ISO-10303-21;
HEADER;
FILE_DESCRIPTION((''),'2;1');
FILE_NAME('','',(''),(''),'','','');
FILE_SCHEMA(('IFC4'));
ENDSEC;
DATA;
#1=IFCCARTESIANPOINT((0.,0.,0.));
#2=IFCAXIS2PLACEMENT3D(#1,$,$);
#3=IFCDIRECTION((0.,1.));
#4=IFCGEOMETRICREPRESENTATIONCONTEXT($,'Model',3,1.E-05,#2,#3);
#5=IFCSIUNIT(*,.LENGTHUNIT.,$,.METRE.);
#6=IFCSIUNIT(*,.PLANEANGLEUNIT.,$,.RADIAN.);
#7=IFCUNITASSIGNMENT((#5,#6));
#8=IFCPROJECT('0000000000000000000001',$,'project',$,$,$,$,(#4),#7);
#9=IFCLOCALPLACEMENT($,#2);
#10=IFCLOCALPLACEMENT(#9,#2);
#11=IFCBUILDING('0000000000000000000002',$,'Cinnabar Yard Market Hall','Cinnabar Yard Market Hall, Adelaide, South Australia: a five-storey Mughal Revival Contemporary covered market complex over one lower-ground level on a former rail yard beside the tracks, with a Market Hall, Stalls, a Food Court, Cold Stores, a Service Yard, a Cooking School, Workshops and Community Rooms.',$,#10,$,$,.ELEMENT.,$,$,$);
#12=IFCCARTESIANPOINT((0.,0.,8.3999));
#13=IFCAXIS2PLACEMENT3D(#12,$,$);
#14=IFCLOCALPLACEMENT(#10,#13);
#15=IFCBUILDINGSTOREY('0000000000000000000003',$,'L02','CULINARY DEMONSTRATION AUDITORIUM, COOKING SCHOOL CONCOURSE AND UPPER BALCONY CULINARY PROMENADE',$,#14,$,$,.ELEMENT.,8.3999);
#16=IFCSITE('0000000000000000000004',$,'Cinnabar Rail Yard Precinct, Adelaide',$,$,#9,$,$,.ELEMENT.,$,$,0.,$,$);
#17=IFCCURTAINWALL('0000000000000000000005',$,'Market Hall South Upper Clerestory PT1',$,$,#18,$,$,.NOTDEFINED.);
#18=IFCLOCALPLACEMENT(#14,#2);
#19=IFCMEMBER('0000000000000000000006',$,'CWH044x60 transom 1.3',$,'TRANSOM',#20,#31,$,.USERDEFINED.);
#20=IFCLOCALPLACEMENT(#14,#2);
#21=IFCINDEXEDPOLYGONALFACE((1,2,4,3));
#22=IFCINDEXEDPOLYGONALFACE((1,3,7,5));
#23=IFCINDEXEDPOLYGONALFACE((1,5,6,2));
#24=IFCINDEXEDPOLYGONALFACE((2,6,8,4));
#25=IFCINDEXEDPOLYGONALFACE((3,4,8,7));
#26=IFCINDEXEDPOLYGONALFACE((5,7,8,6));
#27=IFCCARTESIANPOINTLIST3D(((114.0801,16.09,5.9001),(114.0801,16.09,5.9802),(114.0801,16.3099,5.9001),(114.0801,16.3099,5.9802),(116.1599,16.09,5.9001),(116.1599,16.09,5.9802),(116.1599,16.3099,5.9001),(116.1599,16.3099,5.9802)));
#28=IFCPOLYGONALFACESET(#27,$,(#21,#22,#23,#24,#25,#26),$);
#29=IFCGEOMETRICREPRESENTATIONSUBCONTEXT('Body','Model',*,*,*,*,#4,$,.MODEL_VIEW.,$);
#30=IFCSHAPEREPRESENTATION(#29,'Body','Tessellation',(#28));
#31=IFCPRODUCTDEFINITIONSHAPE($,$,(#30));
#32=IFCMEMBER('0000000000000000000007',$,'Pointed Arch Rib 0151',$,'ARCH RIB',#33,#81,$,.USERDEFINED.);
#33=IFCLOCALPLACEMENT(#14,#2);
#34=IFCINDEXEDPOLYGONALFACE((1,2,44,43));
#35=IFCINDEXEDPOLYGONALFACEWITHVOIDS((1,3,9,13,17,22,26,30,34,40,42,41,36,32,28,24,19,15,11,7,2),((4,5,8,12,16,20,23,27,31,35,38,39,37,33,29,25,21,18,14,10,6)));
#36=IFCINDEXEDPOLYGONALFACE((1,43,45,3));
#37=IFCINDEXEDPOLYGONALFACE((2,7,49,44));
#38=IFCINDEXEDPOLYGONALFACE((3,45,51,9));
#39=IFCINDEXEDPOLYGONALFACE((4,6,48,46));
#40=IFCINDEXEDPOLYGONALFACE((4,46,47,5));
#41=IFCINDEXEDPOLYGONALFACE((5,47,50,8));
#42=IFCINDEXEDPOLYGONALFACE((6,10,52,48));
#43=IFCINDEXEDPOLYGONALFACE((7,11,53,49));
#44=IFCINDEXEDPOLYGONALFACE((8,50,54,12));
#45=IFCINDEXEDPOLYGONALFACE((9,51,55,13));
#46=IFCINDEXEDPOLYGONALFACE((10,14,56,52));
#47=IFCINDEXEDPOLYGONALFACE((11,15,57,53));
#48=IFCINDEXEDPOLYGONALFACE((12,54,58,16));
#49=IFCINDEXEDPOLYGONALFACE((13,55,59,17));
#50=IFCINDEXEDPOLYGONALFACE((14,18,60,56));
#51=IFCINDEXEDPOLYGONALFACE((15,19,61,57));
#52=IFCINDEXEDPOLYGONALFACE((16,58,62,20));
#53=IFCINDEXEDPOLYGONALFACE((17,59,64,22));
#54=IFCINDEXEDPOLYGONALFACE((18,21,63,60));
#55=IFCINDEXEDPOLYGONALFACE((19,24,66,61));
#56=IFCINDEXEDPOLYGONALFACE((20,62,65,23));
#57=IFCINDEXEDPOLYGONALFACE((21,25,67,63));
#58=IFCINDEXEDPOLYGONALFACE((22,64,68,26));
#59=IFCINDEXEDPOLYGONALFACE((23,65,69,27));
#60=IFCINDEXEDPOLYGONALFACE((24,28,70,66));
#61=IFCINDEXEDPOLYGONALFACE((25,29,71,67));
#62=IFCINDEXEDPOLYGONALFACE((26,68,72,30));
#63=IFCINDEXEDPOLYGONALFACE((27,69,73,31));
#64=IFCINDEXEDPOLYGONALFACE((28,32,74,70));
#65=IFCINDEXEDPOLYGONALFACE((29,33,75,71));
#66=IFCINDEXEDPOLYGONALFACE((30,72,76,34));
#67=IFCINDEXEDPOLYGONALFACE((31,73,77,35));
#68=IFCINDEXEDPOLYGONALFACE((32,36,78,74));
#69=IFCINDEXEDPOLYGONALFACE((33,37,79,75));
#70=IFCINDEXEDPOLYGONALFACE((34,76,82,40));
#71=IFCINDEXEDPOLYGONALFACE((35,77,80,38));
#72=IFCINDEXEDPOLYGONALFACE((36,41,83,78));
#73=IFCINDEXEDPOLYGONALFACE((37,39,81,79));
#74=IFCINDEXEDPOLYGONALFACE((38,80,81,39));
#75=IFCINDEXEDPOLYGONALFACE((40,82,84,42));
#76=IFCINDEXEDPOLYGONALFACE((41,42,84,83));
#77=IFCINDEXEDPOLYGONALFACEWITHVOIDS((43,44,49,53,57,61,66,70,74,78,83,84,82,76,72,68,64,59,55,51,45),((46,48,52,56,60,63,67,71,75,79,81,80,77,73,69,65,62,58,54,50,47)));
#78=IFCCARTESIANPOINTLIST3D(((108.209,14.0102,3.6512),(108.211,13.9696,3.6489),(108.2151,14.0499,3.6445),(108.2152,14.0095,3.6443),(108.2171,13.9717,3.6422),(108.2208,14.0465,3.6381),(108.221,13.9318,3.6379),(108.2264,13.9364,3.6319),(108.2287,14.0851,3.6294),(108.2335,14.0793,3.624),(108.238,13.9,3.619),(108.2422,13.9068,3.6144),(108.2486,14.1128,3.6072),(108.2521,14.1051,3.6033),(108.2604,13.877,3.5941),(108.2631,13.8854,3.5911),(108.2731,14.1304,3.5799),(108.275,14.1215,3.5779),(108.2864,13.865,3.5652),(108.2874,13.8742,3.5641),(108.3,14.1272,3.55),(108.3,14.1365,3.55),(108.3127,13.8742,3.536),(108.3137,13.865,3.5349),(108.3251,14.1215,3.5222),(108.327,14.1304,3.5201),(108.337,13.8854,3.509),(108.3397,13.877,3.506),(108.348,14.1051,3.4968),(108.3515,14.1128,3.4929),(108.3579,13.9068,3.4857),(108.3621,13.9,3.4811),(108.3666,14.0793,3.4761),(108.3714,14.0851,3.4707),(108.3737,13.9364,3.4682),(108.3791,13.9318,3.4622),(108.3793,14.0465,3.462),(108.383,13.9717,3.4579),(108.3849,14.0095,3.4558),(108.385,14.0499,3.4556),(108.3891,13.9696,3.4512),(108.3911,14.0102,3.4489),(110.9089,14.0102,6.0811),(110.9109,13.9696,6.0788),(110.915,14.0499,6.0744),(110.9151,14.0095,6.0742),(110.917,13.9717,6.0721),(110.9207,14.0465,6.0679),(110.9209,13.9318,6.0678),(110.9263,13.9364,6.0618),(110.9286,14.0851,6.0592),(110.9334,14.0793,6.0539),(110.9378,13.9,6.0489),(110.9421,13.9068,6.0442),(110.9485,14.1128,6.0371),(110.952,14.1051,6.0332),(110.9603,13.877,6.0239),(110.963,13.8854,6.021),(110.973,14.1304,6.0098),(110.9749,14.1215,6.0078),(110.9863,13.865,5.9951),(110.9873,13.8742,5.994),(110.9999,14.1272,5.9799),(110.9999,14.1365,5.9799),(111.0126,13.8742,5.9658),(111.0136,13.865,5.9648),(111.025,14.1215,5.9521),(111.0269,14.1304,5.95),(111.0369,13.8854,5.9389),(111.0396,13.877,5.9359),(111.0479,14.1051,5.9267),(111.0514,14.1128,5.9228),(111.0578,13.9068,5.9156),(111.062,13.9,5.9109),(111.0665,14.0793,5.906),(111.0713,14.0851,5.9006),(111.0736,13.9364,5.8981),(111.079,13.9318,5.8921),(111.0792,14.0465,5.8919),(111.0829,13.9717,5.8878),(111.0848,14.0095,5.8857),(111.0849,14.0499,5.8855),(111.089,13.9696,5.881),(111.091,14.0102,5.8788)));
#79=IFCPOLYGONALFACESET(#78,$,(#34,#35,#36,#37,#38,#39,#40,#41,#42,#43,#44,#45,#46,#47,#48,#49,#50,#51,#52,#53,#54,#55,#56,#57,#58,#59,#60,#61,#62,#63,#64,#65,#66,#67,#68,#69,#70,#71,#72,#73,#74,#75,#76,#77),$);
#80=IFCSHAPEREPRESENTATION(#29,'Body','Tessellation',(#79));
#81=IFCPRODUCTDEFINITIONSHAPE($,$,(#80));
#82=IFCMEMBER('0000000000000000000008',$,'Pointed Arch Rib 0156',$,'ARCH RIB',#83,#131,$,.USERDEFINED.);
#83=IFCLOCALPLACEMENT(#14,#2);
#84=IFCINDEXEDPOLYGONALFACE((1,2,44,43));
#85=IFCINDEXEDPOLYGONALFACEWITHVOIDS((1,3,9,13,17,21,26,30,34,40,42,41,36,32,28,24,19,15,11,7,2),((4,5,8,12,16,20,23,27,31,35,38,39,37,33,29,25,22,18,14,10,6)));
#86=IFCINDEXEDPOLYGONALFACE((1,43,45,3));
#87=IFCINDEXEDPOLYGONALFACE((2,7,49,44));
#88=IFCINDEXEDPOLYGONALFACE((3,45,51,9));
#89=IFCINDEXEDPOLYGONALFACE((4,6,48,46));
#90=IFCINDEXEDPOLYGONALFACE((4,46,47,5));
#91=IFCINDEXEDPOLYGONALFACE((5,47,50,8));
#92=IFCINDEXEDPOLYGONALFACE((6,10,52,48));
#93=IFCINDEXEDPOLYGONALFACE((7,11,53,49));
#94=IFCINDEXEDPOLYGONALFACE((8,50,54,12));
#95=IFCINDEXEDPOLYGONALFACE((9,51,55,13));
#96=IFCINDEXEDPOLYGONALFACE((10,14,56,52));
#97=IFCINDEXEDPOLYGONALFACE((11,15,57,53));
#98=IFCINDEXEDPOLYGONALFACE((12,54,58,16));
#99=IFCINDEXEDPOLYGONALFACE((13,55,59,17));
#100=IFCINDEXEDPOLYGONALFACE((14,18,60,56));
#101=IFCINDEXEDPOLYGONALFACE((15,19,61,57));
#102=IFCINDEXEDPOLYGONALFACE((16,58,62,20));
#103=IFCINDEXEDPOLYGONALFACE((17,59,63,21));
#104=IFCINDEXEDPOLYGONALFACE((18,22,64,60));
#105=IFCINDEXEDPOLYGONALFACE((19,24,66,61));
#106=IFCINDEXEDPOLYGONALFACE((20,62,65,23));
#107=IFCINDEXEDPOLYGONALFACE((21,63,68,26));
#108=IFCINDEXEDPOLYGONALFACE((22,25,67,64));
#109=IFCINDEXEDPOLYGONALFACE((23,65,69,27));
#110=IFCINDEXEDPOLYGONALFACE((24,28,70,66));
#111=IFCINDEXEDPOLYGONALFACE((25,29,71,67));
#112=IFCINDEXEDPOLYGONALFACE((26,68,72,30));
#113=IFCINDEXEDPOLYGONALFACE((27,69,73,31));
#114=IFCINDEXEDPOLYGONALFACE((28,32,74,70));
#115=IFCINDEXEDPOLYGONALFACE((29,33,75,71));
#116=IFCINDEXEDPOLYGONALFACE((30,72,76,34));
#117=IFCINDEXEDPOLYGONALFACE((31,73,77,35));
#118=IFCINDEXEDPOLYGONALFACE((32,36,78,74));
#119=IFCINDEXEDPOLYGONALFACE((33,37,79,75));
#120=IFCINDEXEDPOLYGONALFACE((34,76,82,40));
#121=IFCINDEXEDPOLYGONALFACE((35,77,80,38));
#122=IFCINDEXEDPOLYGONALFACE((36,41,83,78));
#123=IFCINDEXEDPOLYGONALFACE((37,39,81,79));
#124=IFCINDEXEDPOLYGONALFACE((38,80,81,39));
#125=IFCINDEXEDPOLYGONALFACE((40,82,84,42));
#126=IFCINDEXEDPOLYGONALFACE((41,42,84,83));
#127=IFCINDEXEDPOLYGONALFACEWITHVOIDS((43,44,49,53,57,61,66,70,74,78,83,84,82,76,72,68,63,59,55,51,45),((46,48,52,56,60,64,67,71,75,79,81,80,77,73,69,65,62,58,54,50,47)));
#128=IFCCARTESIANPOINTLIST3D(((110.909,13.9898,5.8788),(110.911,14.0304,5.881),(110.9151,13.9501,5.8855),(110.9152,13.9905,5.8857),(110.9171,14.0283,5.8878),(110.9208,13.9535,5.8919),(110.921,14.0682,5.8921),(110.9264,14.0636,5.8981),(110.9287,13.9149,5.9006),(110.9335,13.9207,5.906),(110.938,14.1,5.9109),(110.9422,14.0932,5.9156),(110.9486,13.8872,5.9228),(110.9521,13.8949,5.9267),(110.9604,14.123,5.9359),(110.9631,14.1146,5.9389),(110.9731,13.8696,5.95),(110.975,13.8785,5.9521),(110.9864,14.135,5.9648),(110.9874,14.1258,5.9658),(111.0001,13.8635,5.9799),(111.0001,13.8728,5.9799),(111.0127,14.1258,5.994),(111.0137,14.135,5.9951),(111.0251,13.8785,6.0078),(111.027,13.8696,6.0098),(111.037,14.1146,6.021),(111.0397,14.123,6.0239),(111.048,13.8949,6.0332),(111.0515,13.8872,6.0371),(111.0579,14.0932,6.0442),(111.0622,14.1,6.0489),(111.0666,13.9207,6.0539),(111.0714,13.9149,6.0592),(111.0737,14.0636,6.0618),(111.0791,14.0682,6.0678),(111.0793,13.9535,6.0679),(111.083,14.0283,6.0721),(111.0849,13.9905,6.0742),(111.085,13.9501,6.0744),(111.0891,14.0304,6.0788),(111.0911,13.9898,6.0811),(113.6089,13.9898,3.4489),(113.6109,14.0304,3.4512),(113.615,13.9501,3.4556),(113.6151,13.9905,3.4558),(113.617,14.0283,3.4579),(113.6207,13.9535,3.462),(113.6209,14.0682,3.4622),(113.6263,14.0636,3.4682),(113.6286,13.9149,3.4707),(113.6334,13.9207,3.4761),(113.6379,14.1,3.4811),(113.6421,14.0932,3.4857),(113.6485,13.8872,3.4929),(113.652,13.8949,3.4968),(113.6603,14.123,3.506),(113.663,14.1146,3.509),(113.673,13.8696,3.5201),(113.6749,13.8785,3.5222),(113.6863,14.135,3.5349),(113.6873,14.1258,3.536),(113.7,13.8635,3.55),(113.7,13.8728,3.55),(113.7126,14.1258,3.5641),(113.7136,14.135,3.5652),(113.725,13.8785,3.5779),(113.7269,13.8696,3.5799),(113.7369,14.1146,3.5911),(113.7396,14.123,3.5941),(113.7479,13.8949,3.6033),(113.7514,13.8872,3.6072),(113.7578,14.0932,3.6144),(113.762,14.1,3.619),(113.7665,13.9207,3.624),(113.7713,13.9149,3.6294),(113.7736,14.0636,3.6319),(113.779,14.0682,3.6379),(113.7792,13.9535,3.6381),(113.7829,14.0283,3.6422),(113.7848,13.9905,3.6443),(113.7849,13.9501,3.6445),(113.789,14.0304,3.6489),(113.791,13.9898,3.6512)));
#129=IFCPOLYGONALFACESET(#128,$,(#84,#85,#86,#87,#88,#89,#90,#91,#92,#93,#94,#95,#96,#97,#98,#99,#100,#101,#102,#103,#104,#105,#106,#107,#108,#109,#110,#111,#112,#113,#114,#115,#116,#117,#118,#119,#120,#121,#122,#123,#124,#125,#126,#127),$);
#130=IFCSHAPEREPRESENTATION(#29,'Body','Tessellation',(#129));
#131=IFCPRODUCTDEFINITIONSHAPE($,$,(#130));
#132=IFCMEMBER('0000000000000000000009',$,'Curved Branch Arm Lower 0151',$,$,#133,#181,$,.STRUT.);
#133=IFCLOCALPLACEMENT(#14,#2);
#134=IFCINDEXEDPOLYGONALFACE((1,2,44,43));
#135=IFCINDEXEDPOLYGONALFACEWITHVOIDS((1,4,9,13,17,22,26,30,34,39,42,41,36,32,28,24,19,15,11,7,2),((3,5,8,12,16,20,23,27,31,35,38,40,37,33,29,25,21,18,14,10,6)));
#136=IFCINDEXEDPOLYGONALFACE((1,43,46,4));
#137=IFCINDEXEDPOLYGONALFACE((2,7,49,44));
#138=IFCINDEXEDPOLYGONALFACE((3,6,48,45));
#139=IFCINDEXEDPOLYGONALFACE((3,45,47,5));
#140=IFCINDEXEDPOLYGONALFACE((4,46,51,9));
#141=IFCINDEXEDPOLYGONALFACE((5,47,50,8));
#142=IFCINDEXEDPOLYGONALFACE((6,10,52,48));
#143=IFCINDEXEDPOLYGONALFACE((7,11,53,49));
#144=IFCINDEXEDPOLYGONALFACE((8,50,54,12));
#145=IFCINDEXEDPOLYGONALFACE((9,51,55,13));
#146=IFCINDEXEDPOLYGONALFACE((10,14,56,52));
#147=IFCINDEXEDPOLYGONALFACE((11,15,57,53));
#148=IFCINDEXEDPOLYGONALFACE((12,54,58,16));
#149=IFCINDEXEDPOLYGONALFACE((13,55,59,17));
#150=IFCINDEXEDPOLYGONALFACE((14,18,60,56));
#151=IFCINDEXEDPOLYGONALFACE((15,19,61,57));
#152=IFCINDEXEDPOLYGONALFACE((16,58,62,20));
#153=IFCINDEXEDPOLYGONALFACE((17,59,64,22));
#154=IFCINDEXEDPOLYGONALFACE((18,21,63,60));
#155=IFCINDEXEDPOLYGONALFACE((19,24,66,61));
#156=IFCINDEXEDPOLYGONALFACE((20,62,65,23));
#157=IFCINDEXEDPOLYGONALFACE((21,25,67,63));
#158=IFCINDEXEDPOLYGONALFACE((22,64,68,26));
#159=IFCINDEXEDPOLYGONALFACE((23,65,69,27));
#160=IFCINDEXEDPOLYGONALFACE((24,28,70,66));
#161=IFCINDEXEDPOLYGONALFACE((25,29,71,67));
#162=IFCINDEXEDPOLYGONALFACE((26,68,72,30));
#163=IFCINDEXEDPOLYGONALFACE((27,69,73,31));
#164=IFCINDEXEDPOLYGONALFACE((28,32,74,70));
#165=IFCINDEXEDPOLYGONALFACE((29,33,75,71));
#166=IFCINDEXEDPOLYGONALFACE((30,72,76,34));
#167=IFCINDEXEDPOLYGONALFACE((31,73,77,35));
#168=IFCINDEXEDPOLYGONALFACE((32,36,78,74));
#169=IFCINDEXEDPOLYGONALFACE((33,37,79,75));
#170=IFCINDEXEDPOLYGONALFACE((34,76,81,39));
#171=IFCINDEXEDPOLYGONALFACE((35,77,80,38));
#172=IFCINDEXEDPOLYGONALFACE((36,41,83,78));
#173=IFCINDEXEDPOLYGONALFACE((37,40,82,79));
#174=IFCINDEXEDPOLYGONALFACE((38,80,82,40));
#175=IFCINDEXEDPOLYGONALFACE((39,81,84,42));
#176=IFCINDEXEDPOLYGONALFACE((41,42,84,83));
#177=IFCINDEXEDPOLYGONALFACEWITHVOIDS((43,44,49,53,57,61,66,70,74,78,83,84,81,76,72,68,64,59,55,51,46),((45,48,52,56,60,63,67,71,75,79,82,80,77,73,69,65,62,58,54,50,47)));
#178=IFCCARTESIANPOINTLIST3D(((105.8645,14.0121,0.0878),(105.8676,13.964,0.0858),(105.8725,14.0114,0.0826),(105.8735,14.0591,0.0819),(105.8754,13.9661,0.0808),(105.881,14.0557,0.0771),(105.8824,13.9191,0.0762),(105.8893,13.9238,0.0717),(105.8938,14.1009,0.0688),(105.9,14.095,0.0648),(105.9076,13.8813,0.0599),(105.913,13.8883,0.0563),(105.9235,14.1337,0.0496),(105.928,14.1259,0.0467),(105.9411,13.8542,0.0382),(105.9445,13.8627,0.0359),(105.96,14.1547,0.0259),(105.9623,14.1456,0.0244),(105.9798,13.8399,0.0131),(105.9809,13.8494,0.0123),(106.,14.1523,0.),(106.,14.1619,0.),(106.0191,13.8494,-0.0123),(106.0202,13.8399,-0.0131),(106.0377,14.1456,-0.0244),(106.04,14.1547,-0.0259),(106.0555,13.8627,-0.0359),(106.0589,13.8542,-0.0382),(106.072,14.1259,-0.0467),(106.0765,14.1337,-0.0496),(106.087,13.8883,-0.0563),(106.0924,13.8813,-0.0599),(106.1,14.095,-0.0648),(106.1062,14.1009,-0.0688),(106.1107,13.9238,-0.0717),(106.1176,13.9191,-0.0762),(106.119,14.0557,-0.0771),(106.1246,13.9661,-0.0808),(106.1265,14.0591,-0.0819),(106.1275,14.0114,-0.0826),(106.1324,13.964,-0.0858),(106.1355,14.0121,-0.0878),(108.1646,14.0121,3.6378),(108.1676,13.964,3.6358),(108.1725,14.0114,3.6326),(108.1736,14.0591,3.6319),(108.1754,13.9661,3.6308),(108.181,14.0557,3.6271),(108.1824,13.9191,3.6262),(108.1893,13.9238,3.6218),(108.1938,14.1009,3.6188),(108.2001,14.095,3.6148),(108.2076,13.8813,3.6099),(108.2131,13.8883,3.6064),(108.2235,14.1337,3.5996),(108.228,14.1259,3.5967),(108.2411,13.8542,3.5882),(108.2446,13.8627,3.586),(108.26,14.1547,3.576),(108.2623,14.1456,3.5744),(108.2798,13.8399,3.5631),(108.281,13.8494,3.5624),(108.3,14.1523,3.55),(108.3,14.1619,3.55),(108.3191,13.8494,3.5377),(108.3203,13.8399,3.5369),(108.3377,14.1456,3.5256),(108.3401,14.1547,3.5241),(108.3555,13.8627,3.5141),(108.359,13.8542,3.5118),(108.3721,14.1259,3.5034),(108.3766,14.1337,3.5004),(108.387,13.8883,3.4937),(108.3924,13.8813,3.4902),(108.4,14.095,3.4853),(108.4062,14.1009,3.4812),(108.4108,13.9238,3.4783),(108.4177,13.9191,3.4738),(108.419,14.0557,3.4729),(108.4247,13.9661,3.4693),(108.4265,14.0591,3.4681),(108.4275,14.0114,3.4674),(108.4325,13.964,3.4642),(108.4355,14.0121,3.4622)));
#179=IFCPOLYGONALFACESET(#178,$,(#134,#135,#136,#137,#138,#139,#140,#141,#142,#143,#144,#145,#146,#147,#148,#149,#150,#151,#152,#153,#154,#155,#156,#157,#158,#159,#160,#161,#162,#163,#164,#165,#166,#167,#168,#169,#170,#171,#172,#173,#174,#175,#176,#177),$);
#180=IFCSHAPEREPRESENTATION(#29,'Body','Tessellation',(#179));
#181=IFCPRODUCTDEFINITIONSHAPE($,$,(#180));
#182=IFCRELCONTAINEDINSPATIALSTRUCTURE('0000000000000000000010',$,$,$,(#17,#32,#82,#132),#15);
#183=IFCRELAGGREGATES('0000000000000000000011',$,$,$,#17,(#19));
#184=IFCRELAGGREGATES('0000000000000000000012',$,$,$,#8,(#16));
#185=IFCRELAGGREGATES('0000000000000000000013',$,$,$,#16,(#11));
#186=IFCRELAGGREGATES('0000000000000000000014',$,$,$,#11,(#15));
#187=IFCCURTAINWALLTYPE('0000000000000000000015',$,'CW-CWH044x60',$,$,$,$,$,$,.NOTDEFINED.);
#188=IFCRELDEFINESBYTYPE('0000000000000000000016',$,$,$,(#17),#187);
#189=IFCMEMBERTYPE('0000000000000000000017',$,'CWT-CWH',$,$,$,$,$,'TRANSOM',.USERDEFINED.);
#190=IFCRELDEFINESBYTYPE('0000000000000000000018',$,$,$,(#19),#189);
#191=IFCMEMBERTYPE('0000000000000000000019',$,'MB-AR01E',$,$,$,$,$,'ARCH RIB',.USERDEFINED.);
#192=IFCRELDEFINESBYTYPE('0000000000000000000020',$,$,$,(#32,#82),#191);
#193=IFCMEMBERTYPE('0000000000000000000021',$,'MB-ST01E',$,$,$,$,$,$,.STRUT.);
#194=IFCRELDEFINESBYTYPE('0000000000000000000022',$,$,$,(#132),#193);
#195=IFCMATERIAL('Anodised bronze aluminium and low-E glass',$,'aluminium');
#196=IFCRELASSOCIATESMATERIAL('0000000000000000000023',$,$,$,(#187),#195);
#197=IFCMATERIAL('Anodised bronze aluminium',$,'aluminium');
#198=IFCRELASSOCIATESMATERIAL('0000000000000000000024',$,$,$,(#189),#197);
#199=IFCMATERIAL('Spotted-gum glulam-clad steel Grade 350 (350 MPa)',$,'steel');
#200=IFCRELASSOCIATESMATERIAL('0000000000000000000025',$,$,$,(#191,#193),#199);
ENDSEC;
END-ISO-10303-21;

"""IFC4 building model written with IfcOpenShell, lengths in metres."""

from ifc_helpers import new_model, si_unit, direction, frame, origin, origin_2d_with_axis, place, context, subcontext, project, spatial, rectangle, hollow_circle, extrude, material, material_profile, profile_set, type_object, element, aggregate, save


model = new_model("IFC4")

# Units and contexts
model_context = context("Model", 3, precision=1e-05, world=origin(), true_north=direction((0.0, 1.0)))
body_context = subcontext(model_context, "Body", "Model", "MODEL_VIEW")
ifc_project = project(units=[si_unit("LENGTHUNIT", "METRE"), si_unit("PLANEANGLEUNIT", "RADIAN")], contexts=[model_context])

# Site, building, storey
site_placement = place(None, origin())
site = spatial("IfcSite", under=ifc_project, at=site_placement, Name="Cinnabar Rail Yard Precinct, Adelaide", CompositionType="ELEMENT", RefElevation=0.0)
building_placement = place(site_placement, origin())
building = spatial("IfcBuilding", under=site, at=building_placement, Name="Cinnabar Yard Market Hall", Description="Cinnabar Yard Market Hall, Adelaide, South Australia: a five-storey Mughal Revival Contemporary covered market complex over one lower-ground level on a former rail yard beside the tracks, with a Market Hall, Stalls, a Food Court, Cold Stores, a Service Yard, a Cooking School, Workshops and Community Rooms.", CompositionType="ELEMENT")
storey_placement = place(building_placement, frame((0.0, 0.0, 8.3999)))
storey = spatial("IfcBuildingStorey", under=building, at=storey_placement, Name="L02", Description="CULINARY DEMONSTRATION AUDITORIUM, COOKING SCHOOL CONCOURSE AND UPPER BALCONY CULINARY PROMENADE", CompositionType="ELEMENT", Elevation=8.3999)

# Shared definitions
ifc_material_1 = material(Name="Spotted-gum glulam-clad steel Grade 350 (350 MPa)", Category="steel")

# Shared definitions
ifc_material_2 = material(Name="Anodised bronze aluminium and low-E glass", Category="aluminium")
ifc_material_3 = material(Name="Anodised bronze aluminium", Category="aluminium")

# Curtain wall
curtain_wall_type_1 = type_object("IfcCurtainWallType", Name="CW-CWH044x60", PredefinedType="NOTDEFINED", material=ifc_material_2)
curtain_wall_1_placement = place(storey_placement, origin())
curtain_wall_1 = element("IfcCurtainWall", 1, at=curtain_wall_1_placement, inside=storey, type_object=curtain_wall_type_1, Name="Market Hall South Upper Clerestory PT1", PredefinedType="NOTDEFINED")

# Member
ifc_material_profile_1 = material_profile(ifc_material_3, rectangle(XDim=0.22, YDim=0.0801, at=origin_2d_with_axis()), Name="TRN-CWH")
ifc_profile_set_1 = profile_set([ifc_material_profile_1], Name="Anodised bronze aluminium")
member_type_1 = type_object("IfcMemberType", Name="CWT-CWH", ElementType="TRANSOM", PredefinedType="USERDEFINED", material=ifc_profile_set_1)
member_1_placement = place(storey_placement, frame((114.0801, 16.2, 5.9402), z_axis=(1.0, 0.0, 0.0), x_axis=(0.0, 1.0, 0.0)))
member_1 = element("IfcMember", 2, at=member_1_placement, type_object=member_type_1, Name="CWH044x60 transom 1.3", ObjectType="TRANSOM", PredefinedType="USERDEFINED", context=body_context, shape_type="SweptSolid", body=[
    extrude(rectangle(XDim=0.22, YDim=0.0801, at=origin_2d_with_axis()), origin(), (0.0, 0.0, 1.0), 2.0798),
])

# Members
ifc_material_profile_2 = material_profile(ifc_material_1, hollow_circle(Radius=0.1365, WallThickness=0.0093, at=origin_2d_with_axis()), Name="273.1x9.3CHS")
ifc_profile_set_2 = profile_set([ifc_material_profile_2], Name="Spotted-gum glulam-clad steel Grade 350 (350 MPa)")
member_type_2 = type_object("IfcMemberType", Name="MB-AR01E", ElementType="ARCH RIB", PredefinedType="USERDEFINED", material=ifc_profile_set_2)
for number, where, z_axis, x_axis, name in (
    (3, (108.3, 14.0, 3.55), (0.743297, 0.0, 0.668961), (0.0, 1.0, 0.0), "Pointed Arch Rib 0151"),
    (4, (113.7, 14.0, 3.55), (-0.743297, 0.0, 0.668961), (0.0, -1.0, 0.0), "Pointed Arch Rib 0156"),
):
    element("IfcMember", number, at=place(storey_placement, frame(where, z_axis=z_axis, x_axis=x_axis)), inside=storey, type_object=member_type_2, Name=name, ObjectType="ARCH RIB", PredefinedType="USERDEFINED", context=body_context, shape_type="SweptSolid", body=[
        extrude(hollow_circle(Radius=0.1365, WallThickness=0.0093, at=origin_2d_with_axis()), origin(), (0.0, 0.0, 1.0), 3.6323),
    ])
ifc_material_profile_3 = material_profile(ifc_material_1, hollow_circle(Radius=0.1619, WallThickness=0.0095, at=origin_2d_with_axis()), Name="323.9x9.5CHS")
ifc_profile_set_3 = profile_set([ifc_material_profile_3], Name="Spotted-gum glulam-clad steel Grade 350 (350 MPa)")
member_type_3 = type_object("IfcMemberType", Name="MB-ST01E", PredefinedType="STRUT", material=ifc_profile_set_3)
for number, where, z_axis, x_axis, name in (
    (5, (106.0, 14.0, 0.0), (0.543744, 0.0, 0.839251), (0.0, 1.0, 0.0), "Curved Branch Arm Lower 0151"),
):
    element("IfcMember", number, at=place(storey_placement, frame(where, z_axis=z_axis, x_axis=x_axis)), inside=storey, type_object=member_type_3, Name=name, PredefinedType="STRUT", context=body_context, shape_type="SweptSolid", body=[
        extrude(hollow_circle(Radius=0.1619, WallThickness=0.0095, at=origin_2d_with_axis()), origin(), (0.0, 0.0, 1.0), 4.23),
    ])

aggregate(curtain_wall_1, [member_1])

save(model, "model.ifc")
